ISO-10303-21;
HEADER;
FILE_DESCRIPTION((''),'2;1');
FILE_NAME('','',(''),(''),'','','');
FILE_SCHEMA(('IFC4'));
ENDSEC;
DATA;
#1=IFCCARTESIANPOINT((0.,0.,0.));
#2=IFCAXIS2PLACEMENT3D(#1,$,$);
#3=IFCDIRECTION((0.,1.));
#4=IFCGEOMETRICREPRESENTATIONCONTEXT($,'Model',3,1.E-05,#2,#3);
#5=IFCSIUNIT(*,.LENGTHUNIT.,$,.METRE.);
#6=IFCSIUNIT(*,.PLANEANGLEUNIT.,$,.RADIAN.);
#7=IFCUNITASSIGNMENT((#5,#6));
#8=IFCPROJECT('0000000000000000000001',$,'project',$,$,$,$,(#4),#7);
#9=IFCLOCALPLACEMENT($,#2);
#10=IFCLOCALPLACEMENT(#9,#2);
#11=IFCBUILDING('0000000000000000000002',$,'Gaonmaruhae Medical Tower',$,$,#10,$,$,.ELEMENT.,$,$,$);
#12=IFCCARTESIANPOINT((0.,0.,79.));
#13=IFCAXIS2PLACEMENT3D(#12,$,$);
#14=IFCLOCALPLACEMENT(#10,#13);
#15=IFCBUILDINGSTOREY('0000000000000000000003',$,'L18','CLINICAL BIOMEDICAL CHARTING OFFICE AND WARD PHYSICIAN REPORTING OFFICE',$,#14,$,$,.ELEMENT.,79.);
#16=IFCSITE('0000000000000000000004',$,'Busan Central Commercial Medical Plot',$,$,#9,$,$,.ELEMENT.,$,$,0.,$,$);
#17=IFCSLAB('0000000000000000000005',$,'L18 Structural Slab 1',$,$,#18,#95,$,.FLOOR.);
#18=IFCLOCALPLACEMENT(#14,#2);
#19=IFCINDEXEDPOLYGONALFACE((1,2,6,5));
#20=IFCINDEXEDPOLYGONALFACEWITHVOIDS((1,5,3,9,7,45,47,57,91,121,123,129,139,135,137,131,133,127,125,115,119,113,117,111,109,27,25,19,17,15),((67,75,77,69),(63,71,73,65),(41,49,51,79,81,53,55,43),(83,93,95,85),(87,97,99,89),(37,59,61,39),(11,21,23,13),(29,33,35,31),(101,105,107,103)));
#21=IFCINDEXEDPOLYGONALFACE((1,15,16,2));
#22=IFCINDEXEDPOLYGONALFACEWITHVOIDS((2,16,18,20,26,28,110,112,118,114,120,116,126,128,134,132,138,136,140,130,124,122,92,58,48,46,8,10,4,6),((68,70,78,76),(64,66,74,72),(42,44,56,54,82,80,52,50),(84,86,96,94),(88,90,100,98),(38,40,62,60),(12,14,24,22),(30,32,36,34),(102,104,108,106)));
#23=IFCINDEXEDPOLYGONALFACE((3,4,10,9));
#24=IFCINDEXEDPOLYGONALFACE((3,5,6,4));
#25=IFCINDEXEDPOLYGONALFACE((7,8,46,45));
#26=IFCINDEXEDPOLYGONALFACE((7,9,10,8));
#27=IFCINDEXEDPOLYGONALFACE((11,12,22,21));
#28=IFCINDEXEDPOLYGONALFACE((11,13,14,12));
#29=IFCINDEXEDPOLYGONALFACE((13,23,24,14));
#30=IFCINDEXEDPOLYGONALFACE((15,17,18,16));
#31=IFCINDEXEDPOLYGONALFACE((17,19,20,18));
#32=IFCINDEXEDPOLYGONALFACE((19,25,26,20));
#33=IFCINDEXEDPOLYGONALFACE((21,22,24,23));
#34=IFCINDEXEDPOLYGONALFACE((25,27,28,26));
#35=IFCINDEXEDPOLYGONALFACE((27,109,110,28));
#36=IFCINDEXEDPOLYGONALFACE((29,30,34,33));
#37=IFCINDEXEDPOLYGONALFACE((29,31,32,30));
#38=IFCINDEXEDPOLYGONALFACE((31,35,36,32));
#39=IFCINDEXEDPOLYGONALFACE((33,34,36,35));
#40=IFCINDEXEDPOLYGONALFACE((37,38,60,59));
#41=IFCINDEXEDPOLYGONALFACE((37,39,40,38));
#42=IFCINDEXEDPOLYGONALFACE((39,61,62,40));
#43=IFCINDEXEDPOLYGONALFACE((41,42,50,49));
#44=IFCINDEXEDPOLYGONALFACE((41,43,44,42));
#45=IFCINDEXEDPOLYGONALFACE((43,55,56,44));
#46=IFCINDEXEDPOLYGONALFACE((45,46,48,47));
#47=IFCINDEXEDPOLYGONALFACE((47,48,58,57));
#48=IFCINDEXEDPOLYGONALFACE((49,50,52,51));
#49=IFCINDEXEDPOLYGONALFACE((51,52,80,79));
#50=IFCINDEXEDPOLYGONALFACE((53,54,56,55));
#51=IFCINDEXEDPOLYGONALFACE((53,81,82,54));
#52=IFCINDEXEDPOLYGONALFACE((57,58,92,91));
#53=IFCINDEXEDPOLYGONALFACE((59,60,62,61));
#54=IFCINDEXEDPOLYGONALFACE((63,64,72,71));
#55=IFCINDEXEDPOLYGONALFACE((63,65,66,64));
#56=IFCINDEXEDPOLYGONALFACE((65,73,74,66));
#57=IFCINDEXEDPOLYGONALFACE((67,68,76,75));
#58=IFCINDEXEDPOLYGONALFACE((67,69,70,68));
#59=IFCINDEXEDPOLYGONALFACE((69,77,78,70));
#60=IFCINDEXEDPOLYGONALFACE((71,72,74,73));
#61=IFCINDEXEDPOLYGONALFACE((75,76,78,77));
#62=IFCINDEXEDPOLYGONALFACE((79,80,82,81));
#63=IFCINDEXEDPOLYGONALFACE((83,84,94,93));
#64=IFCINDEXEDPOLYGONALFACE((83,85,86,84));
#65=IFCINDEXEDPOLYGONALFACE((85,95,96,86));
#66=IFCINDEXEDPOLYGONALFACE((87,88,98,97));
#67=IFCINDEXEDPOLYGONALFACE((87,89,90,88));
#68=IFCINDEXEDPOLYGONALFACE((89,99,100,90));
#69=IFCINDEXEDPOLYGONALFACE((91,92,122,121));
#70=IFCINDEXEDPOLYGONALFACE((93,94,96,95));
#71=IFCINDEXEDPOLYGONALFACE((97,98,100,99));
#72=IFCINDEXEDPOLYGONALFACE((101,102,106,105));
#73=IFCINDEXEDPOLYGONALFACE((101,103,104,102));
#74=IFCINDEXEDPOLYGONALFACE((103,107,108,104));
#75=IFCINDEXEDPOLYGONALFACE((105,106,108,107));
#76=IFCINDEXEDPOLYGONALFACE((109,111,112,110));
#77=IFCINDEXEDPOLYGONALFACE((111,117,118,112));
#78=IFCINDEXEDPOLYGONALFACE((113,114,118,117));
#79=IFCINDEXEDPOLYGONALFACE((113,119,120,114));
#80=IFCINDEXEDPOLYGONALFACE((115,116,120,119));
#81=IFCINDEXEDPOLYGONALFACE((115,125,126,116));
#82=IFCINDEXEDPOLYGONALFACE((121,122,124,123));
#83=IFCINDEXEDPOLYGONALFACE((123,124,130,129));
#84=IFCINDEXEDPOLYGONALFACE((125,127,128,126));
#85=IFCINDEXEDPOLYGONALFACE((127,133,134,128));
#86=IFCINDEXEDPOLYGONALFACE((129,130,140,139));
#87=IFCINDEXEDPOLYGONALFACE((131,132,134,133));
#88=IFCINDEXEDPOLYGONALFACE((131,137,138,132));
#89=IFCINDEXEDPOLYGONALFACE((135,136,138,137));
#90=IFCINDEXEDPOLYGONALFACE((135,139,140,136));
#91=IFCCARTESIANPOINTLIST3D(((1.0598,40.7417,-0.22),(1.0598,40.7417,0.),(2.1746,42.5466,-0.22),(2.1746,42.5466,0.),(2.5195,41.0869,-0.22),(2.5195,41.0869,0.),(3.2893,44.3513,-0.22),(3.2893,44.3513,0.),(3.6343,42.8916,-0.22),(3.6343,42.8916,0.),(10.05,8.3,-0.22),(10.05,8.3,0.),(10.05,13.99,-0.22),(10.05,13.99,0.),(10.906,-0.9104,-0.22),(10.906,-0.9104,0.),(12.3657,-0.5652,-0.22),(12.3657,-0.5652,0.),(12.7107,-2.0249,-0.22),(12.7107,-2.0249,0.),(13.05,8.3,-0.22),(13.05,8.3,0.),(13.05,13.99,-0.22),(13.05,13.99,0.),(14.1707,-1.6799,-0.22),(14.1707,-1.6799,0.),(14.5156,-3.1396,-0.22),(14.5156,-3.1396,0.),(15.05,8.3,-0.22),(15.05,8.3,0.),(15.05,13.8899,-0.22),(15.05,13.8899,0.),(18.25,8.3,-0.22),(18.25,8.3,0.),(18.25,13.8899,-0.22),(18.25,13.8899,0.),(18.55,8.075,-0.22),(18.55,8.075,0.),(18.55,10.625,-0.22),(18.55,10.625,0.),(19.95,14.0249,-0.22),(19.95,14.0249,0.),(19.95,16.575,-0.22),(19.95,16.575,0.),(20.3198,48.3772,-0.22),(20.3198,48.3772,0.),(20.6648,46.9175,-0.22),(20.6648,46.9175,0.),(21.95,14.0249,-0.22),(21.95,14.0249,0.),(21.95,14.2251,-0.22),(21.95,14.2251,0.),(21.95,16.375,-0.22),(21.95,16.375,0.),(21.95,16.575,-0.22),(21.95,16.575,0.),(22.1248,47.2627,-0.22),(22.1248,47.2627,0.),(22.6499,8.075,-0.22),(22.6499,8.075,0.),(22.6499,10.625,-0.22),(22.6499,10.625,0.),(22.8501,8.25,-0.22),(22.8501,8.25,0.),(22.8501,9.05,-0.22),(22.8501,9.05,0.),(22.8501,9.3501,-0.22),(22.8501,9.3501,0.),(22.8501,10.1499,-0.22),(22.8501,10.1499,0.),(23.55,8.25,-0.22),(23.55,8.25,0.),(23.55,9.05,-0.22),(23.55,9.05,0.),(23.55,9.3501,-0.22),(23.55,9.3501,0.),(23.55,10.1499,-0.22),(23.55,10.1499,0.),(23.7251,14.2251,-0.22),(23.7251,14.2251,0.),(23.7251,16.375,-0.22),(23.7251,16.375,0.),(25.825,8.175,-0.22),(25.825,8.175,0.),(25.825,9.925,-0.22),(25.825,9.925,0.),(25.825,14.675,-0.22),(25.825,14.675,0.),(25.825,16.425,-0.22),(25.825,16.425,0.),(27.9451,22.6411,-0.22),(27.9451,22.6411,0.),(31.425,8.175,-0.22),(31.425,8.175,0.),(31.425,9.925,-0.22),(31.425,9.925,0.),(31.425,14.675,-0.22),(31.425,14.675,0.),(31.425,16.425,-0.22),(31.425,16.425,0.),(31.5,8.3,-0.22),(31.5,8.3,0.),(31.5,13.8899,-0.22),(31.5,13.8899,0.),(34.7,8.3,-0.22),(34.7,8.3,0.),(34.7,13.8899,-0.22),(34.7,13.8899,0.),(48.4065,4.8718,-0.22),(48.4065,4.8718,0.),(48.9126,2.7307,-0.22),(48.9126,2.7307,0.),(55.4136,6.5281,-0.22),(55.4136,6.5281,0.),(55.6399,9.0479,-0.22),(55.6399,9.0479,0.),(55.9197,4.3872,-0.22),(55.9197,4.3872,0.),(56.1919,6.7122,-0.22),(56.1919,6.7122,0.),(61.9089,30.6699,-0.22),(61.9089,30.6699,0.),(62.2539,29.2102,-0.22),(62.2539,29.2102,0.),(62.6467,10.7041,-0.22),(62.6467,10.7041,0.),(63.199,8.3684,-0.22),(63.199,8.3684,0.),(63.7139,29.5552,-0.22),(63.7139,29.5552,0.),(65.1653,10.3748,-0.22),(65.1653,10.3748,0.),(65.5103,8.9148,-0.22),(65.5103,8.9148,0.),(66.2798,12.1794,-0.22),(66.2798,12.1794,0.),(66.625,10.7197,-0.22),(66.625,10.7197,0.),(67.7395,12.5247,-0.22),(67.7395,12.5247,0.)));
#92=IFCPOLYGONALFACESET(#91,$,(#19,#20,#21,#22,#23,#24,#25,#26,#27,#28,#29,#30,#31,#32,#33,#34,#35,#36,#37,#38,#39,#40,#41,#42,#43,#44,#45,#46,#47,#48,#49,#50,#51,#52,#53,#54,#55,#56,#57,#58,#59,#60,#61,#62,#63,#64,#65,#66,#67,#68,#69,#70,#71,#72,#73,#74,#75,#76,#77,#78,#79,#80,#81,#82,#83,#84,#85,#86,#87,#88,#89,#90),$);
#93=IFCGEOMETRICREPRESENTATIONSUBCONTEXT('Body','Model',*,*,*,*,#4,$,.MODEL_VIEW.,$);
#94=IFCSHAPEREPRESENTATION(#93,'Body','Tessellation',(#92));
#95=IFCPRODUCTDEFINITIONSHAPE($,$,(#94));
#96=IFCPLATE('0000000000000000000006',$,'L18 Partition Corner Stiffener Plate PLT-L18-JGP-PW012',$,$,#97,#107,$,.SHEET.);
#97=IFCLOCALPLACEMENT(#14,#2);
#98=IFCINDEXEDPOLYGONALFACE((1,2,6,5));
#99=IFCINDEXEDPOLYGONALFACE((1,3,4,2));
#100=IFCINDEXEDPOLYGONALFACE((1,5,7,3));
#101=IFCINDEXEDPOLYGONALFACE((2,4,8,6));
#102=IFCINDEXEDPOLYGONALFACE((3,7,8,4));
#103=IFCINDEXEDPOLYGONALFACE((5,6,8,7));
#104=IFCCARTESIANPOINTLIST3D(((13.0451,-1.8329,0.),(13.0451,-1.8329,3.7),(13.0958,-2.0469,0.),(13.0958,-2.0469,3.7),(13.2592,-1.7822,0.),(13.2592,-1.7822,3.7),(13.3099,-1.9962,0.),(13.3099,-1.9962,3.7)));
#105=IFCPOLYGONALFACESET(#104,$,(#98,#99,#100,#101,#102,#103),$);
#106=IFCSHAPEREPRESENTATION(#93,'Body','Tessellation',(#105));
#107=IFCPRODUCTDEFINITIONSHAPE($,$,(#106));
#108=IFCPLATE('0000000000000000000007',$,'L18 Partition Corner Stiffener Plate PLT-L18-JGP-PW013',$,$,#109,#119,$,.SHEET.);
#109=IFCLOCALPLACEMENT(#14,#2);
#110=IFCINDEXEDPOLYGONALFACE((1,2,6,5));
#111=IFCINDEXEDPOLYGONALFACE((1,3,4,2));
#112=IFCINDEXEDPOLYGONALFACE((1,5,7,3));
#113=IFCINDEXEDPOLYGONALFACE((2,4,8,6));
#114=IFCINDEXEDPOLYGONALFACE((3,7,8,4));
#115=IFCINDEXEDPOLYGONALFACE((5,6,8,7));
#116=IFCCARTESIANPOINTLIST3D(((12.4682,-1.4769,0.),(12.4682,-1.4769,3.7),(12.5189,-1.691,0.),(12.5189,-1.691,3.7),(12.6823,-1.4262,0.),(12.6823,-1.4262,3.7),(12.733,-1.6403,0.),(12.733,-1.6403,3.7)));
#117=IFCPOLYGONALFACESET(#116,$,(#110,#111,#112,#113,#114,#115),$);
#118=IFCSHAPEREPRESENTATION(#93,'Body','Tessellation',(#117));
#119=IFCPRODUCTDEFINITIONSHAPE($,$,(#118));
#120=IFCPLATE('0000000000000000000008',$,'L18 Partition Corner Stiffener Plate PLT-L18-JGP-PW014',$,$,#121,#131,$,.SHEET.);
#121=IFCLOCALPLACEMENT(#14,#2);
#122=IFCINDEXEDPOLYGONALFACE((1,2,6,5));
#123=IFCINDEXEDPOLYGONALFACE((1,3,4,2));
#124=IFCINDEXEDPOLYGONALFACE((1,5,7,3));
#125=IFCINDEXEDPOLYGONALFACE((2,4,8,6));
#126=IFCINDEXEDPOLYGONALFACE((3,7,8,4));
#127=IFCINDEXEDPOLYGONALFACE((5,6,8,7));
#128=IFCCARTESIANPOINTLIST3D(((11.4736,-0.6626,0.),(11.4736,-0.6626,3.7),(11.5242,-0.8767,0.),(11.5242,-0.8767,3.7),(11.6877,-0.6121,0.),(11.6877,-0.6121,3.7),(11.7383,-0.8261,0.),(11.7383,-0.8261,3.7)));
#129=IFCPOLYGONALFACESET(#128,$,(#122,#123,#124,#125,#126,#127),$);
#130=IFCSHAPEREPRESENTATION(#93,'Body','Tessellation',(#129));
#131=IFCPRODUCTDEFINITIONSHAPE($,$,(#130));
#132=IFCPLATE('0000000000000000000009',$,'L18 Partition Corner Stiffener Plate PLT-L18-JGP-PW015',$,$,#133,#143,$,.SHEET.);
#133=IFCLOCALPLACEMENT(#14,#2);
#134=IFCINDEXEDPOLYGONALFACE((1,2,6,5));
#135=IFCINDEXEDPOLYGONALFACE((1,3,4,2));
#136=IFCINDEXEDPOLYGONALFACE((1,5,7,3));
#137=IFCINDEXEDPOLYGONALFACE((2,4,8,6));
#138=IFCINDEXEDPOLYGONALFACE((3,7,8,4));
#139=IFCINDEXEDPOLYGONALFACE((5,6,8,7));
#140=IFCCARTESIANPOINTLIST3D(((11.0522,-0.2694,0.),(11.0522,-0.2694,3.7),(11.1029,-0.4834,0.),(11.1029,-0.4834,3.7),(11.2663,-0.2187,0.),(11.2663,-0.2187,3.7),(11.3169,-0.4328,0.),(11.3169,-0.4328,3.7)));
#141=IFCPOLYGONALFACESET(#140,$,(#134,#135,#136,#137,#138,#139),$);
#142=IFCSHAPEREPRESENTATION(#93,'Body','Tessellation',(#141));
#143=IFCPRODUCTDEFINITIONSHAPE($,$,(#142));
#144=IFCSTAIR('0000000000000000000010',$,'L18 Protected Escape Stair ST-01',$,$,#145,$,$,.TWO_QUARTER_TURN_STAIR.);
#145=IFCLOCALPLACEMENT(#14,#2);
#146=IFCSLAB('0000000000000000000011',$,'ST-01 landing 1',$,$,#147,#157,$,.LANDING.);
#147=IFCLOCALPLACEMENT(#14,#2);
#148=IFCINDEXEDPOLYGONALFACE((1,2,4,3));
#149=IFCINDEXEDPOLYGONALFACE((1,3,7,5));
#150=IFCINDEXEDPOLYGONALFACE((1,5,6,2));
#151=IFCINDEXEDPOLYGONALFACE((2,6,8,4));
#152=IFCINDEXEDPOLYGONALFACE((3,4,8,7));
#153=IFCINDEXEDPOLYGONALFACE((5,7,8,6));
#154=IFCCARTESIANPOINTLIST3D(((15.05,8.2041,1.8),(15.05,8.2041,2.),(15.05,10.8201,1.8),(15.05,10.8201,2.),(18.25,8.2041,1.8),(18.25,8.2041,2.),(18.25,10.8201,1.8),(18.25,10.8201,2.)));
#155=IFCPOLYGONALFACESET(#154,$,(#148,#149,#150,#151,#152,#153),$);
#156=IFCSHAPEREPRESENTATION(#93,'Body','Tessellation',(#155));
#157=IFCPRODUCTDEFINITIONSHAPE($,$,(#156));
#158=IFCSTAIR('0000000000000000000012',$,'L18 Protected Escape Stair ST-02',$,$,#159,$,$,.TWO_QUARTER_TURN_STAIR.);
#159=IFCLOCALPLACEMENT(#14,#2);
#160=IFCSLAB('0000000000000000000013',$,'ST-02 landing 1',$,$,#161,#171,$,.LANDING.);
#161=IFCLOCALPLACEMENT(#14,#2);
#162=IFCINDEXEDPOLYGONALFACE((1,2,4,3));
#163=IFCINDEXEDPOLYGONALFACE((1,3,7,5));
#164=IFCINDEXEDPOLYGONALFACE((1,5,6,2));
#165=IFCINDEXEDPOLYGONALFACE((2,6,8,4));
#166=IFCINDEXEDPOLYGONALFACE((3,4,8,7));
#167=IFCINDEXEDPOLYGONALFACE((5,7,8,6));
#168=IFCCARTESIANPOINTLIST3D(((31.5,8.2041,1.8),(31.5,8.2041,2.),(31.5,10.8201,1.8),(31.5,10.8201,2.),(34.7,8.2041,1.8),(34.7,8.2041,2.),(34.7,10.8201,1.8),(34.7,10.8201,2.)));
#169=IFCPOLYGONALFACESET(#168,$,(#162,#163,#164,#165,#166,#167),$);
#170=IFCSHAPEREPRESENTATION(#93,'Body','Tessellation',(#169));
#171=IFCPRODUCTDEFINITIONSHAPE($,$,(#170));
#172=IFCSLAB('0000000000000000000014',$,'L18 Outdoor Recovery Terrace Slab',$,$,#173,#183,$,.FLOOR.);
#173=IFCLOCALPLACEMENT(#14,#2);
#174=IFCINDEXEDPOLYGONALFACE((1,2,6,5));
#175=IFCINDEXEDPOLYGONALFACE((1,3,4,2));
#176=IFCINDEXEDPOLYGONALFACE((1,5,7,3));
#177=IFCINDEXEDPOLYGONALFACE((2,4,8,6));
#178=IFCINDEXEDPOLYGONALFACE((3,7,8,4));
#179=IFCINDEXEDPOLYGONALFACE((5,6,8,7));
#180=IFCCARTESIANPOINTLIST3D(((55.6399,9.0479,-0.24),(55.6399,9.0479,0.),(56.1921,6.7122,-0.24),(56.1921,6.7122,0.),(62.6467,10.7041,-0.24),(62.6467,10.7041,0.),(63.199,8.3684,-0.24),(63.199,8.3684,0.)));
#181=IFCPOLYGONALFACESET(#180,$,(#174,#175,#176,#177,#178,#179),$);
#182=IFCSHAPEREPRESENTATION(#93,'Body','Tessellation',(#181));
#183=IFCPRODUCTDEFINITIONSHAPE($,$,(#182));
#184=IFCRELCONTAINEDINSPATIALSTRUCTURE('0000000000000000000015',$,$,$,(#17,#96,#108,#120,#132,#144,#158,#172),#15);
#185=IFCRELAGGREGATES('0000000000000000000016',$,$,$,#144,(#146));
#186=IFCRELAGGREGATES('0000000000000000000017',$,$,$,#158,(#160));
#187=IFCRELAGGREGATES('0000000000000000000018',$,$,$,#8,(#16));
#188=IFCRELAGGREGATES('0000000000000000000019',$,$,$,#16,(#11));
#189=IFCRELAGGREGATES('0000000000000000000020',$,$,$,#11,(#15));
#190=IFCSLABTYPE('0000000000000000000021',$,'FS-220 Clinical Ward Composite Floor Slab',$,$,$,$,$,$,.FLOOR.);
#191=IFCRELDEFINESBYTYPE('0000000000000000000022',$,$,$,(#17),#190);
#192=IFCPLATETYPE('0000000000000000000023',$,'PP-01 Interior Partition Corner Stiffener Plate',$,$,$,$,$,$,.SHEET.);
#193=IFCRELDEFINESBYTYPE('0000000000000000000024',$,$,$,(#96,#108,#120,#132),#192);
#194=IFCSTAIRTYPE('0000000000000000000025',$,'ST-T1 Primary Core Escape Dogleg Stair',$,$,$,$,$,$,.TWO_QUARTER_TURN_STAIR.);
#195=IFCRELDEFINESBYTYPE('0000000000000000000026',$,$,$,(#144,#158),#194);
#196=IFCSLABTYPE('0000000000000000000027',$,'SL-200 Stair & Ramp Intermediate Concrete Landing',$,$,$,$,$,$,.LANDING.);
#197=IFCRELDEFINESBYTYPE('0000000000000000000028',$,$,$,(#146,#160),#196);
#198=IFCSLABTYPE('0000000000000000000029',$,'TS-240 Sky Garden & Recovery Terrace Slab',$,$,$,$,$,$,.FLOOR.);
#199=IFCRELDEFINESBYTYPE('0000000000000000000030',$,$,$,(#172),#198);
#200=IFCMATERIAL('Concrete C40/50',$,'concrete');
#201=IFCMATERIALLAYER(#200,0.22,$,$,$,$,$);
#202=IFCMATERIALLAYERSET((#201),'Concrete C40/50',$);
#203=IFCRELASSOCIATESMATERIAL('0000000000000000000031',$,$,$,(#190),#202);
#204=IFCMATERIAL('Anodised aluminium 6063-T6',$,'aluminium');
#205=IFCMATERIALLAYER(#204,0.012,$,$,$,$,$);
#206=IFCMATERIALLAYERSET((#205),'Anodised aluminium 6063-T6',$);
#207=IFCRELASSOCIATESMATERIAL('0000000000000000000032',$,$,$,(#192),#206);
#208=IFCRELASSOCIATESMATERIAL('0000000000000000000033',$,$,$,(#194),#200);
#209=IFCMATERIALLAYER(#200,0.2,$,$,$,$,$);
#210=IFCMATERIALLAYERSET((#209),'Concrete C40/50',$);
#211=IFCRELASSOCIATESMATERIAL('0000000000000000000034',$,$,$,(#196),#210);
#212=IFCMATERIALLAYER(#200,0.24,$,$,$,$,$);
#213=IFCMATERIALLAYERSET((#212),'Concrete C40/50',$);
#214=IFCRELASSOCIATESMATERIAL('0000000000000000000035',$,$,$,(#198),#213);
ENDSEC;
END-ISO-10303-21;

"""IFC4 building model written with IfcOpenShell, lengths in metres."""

from ifc_helpers import new_model, si_unit, direction, frame, origin, origin_2d, place, context, subcontext, project, spatial, polyline, rectangle, outline, extrude, material, layer, layer_set, type_object, element, aggregate, save


model = new_model("IFC4")

# Units and contexts
model_context = context("Model", 3, precision=1e-05, world=origin(), true_north=direction((0.0, 1.0)))
body_context = subcontext(model_context, "Body", "Model", "MODEL_VIEW")
ifc_project = project(units=[si_unit("LENGTHUNIT", "METRE"), si_unit("PLANEANGLEUNIT", "RADIAN")], contexts=[model_context])

# Site, building, storey
site_placement = place(None, origin())
site = spatial("IfcSite", under=ifc_project, at=site_placement, Name="Busan Central Commercial Medical Plot", CompositionType="ELEMENT", RefElevation=0.0)
building_placement = place(site_placement, origin())
building = spatial("IfcBuilding", under=site, at=building_placement, Name="Gaonmaruhae Medical Tower", CompositionType="ELEMENT")
storey_placement = place(building_placement, frame((0.0, 0.0, 79.0)))
storey = spatial("IfcBuildingStorey", under=building, at=storey_placement, Name="L18", Description="CLINICAL BIOMEDICAL CHARTING OFFICE AND WARD PHYSICIAN REPORTING OFFICE", CompositionType="ELEMENT", Elevation=79.0)

# Slab
ifc_material_1 = material(Name="Concrete C40/50", Category="concrete")
ifc_layer_1 = layer(ifc_material_1, 0.22)
ifc_layer_set_1 = layer_set([ifc_layer_1], Name="Concrete C40/50")
slab_type_1 = type_object("IfcSlabType", Name="FS-220 Clinical Ward Composite Floor Slab", PredefinedType="FLOOR", material=ifc_layer_set_1)
slab_1_placement = place(storey_placement, frame((0.0, 0.0, -0.22)))
element("IfcSlab", 1, at=slab_1_placement, inside=storey, type_object=slab_type_1, Name="L18 Structural Slab 1", PredefinedType="FLOOR", context=body_context, shape_type="SweptSolid", body=[
    extrude(outline(polyline([(14.1707, -1.6799), (12.7107, -2.0249), (12.3657, -0.5652), (10.906, -0.9104), (1.0598, 40.7417), (2.5195, 41.0869), (2.1746, 42.5466), (3.6343, 42.8916), (3.2893, 44.3513), (20.3198, 48.3772), (20.6648, 46.9175), (22.1248, 47.2627), (27.9451, 22.6411), (61.9089, 30.6699), (62.2539, 29.2102), (63.7139, 29.5552), (67.7395, 12.5247), (66.2798, 12.1794), (66.625, 10.7197), (65.1653, 10.3748), (65.5103, 8.9148), (63.199, 8.3684), (62.6467, 10.7041), (55.6399, 9.0479), (56.1919, 6.7122), (55.4136, 6.5281), (55.9197, 4.3872), (48.9126, 2.7307), (48.4065, 4.8718), (14.5156, -3.1396), (14.1707, -1.6799)]), holes=[polyline([(23.55, 8.25), (22.8501, 8.25), (22.8501, 9.05), (23.55, 9.05), (23.55, 8.25)]), polyline([(25.825, 9.925), (31.425, 9.925), (31.425, 8.175), (25.825, 8.175), (25.825, 9.925)]), polyline([(22.6499, 10.625), (22.6499, 8.075), (18.55, 8.075), (18.55, 10.625), (22.6499, 10.625)]), polyline([(23.55, 9.3501), (22.8501, 9.3501), (22.8501, 10.1499), (23.55, 10.1499), (23.55, 9.3501)]), polyline([(15.05, 13.8899), (18.25, 13.8899), (18.25, 8.3), (15.05, 8.3), (15.05, 13.8899)]), polyline([(31.5, 13.8899), (34.7, 13.8899), (34.7, 8.3), (31.5, 8.3), (31.5, 13.8899)]), polyline([(10.05, 13.99), (13.05, 13.99), (13.05, 8.3), (10.05, 8.3), (10.05, 13.99)]), polyline([(21.95, 14.0249), (19.95, 14.0249), (19.95, 16.575), (21.95, 16.575), (21.95, 16.375), (23.7251, 16.375), (23.7251, 14.2251), (21.95, 14.2251), (21.95, 14.0249)]), polyline([(31.425, 16.425), (31.425, 14.675), (25.825, 14.675), (25.825, 16.425), (31.425, 16.425)])]), origin(), (0.0, 0.0, 1.0), 0.22),
])

# Plates
ifc_material_2 = material(Name="Anodised aluminium 6063-T6", Category="aluminium")
ifc_layer_2 = layer(ifc_material_2, 0.012)
ifc_layer_set_2 = layer_set([ifc_layer_2], Name="Anodised aluminium 6063-T6")
plate_type = type_object("IfcPlateType", Name="PP-01 Interior Partition Corner Stiffener Plate", PredefinedType="SHEET", material=ifc_layer_set_2)
for number, where, z_axis, x_axis, name in (
    (2, (13.1775, -1.9146, 0.0), (0.0, 0.0, 1.0), (-0.973074, -0.230491, 0.0), "L18 Partition Corner Stiffener Plate PLT-L18-JGP-PW012"),
    (3, (12.6006, -1.5586, 0.0), (0.0, 0.0, 1.0), (-0.230491, 0.973074, 0.0), "L18 Partition Corner Stiffener Plate PLT-L18-JGP-PW013"),
    (4, (11.606, -0.7444, 0.0), (0.0, 0.0, 1.0), (-0.973191, -0.229999, 0.0), "L18 Partition Corner Stiffener Plate PLT-L18-JGP-PW014"),
    (5, (11.1846, -0.3511, 0.0), (0.0, 0.0, 1.0), (-0.230254, 0.973131, 0.0), "L18 Partition Corner Stiffener Plate PLT-L18-JGP-PW015"),
):
    element("IfcPlate", number, at=place(storey_placement, frame(where, z_axis=z_axis, x_axis=x_axis)), inside=storey, type_object=plate_type, Name=name, PredefinedType="SHEET", context=body_context, shape_type="SweptSolid", body=[
        extrude(rectangle(XDim=0.22, YDim=0.22, at=origin_2d()), origin(), (0.0, 0.0, 1.0), 3.7),
    ])

# Stairs, slabs
stair_type = type_object("IfcStairType", Name="ST-T1 Primary Core Escape Dogleg Stair", PredefinedType="TWO_QUARTER_TURN_STAIR", material=ifc_material_1)
stair_1_placement = place(storey_placement, origin())
stair_1 = element("IfcStair", 6, at=stair_1_placement, inside=storey, type_object=stair_type, Name="L18 Protected Escape Stair ST-01", PredefinedType="TWO_QUARTER_TURN_STAIR")
ifc_layer_3 = layer(ifc_material_1, 0.2)
ifc_layer_set_3 = layer_set([ifc_layer_3], Name="Concrete C40/50")
slab_type_2 = type_object("IfcSlabType", Name="SL-200 Stair & Ramp Intermediate Concrete Landing", PredefinedType="LANDING", material=ifc_layer_set_3)
slab_2_placement = place(storey_placement, frame((0.0, 0.0, 1.8)))
slab_2 = element("IfcSlab", 7, at=slab_2_placement, type_object=slab_type_2, Name="ST-01 landing 1", PredefinedType="LANDING", context=body_context, shape_type="SweptSolid", body=[
    extrude(outline(polyline([(15.05, 10.8201), (15.05, 8.2041), (18.25, 8.2041), (18.25, 10.8201), (15.05, 10.8201)])), origin(), (0.0, 0.0, 1.0), 0.2),
])
aggregate(stair_1, [slab_2])
stair_2_placement = place(storey_placement, origin())
stair_2 = element("IfcStair", 8, at=stair_2_placement, inside=storey, type_object=stair_type, Name="L18 Protected Escape Stair ST-02", PredefinedType="TWO_QUARTER_TURN_STAIR")
slab_3_placement = place(storey_placement, frame((0.0, 0.0, 1.8)))
slab_3 = element("IfcSlab", 9, at=slab_3_placement, type_object=slab_type_2, Name="ST-02 landing 1", PredefinedType="LANDING", context=body_context, shape_type="SweptSolid", body=[
    extrude(outline(polyline([(31.5, 10.8201), (31.5, 8.2041), (34.7, 8.2041), (34.7, 10.8201), (31.5, 10.8201)])), origin(), (0.0, 0.0, 1.0), 0.2),
])
aggregate(stair_2, [slab_3])

# Slab
ifc_layer_4 = layer(ifc_material_1, 0.24)
ifc_layer_set_4 = layer_set([ifc_layer_4], Name="Concrete C40/50")
slab_type_3 = type_object("IfcSlabType", Name="TS-240 Sky Garden & Recovery Terrace Slab", PredefinedType="FLOOR", material=ifc_layer_set_4)
slab_4_placement = place(storey_placement, frame((0.0, 0.0, -0.24)))
element("IfcSlab", 10, at=slab_4_placement, inside=storey, type_object=slab_type_3, Name="L18 Outdoor Recovery Terrace Slab", PredefinedType="FLOOR", context=body_context, shape_type="SweptSolid", body=[
    extrude(outline(polyline([(56.1921, 6.7122), (63.199, 8.3684), (62.6467, 10.7041), (55.6399, 9.0479), (56.1921, 6.7122)])), origin(), (0.0, 0.0, 1.0), 0.24),
])

save(model, "model.ifc")
